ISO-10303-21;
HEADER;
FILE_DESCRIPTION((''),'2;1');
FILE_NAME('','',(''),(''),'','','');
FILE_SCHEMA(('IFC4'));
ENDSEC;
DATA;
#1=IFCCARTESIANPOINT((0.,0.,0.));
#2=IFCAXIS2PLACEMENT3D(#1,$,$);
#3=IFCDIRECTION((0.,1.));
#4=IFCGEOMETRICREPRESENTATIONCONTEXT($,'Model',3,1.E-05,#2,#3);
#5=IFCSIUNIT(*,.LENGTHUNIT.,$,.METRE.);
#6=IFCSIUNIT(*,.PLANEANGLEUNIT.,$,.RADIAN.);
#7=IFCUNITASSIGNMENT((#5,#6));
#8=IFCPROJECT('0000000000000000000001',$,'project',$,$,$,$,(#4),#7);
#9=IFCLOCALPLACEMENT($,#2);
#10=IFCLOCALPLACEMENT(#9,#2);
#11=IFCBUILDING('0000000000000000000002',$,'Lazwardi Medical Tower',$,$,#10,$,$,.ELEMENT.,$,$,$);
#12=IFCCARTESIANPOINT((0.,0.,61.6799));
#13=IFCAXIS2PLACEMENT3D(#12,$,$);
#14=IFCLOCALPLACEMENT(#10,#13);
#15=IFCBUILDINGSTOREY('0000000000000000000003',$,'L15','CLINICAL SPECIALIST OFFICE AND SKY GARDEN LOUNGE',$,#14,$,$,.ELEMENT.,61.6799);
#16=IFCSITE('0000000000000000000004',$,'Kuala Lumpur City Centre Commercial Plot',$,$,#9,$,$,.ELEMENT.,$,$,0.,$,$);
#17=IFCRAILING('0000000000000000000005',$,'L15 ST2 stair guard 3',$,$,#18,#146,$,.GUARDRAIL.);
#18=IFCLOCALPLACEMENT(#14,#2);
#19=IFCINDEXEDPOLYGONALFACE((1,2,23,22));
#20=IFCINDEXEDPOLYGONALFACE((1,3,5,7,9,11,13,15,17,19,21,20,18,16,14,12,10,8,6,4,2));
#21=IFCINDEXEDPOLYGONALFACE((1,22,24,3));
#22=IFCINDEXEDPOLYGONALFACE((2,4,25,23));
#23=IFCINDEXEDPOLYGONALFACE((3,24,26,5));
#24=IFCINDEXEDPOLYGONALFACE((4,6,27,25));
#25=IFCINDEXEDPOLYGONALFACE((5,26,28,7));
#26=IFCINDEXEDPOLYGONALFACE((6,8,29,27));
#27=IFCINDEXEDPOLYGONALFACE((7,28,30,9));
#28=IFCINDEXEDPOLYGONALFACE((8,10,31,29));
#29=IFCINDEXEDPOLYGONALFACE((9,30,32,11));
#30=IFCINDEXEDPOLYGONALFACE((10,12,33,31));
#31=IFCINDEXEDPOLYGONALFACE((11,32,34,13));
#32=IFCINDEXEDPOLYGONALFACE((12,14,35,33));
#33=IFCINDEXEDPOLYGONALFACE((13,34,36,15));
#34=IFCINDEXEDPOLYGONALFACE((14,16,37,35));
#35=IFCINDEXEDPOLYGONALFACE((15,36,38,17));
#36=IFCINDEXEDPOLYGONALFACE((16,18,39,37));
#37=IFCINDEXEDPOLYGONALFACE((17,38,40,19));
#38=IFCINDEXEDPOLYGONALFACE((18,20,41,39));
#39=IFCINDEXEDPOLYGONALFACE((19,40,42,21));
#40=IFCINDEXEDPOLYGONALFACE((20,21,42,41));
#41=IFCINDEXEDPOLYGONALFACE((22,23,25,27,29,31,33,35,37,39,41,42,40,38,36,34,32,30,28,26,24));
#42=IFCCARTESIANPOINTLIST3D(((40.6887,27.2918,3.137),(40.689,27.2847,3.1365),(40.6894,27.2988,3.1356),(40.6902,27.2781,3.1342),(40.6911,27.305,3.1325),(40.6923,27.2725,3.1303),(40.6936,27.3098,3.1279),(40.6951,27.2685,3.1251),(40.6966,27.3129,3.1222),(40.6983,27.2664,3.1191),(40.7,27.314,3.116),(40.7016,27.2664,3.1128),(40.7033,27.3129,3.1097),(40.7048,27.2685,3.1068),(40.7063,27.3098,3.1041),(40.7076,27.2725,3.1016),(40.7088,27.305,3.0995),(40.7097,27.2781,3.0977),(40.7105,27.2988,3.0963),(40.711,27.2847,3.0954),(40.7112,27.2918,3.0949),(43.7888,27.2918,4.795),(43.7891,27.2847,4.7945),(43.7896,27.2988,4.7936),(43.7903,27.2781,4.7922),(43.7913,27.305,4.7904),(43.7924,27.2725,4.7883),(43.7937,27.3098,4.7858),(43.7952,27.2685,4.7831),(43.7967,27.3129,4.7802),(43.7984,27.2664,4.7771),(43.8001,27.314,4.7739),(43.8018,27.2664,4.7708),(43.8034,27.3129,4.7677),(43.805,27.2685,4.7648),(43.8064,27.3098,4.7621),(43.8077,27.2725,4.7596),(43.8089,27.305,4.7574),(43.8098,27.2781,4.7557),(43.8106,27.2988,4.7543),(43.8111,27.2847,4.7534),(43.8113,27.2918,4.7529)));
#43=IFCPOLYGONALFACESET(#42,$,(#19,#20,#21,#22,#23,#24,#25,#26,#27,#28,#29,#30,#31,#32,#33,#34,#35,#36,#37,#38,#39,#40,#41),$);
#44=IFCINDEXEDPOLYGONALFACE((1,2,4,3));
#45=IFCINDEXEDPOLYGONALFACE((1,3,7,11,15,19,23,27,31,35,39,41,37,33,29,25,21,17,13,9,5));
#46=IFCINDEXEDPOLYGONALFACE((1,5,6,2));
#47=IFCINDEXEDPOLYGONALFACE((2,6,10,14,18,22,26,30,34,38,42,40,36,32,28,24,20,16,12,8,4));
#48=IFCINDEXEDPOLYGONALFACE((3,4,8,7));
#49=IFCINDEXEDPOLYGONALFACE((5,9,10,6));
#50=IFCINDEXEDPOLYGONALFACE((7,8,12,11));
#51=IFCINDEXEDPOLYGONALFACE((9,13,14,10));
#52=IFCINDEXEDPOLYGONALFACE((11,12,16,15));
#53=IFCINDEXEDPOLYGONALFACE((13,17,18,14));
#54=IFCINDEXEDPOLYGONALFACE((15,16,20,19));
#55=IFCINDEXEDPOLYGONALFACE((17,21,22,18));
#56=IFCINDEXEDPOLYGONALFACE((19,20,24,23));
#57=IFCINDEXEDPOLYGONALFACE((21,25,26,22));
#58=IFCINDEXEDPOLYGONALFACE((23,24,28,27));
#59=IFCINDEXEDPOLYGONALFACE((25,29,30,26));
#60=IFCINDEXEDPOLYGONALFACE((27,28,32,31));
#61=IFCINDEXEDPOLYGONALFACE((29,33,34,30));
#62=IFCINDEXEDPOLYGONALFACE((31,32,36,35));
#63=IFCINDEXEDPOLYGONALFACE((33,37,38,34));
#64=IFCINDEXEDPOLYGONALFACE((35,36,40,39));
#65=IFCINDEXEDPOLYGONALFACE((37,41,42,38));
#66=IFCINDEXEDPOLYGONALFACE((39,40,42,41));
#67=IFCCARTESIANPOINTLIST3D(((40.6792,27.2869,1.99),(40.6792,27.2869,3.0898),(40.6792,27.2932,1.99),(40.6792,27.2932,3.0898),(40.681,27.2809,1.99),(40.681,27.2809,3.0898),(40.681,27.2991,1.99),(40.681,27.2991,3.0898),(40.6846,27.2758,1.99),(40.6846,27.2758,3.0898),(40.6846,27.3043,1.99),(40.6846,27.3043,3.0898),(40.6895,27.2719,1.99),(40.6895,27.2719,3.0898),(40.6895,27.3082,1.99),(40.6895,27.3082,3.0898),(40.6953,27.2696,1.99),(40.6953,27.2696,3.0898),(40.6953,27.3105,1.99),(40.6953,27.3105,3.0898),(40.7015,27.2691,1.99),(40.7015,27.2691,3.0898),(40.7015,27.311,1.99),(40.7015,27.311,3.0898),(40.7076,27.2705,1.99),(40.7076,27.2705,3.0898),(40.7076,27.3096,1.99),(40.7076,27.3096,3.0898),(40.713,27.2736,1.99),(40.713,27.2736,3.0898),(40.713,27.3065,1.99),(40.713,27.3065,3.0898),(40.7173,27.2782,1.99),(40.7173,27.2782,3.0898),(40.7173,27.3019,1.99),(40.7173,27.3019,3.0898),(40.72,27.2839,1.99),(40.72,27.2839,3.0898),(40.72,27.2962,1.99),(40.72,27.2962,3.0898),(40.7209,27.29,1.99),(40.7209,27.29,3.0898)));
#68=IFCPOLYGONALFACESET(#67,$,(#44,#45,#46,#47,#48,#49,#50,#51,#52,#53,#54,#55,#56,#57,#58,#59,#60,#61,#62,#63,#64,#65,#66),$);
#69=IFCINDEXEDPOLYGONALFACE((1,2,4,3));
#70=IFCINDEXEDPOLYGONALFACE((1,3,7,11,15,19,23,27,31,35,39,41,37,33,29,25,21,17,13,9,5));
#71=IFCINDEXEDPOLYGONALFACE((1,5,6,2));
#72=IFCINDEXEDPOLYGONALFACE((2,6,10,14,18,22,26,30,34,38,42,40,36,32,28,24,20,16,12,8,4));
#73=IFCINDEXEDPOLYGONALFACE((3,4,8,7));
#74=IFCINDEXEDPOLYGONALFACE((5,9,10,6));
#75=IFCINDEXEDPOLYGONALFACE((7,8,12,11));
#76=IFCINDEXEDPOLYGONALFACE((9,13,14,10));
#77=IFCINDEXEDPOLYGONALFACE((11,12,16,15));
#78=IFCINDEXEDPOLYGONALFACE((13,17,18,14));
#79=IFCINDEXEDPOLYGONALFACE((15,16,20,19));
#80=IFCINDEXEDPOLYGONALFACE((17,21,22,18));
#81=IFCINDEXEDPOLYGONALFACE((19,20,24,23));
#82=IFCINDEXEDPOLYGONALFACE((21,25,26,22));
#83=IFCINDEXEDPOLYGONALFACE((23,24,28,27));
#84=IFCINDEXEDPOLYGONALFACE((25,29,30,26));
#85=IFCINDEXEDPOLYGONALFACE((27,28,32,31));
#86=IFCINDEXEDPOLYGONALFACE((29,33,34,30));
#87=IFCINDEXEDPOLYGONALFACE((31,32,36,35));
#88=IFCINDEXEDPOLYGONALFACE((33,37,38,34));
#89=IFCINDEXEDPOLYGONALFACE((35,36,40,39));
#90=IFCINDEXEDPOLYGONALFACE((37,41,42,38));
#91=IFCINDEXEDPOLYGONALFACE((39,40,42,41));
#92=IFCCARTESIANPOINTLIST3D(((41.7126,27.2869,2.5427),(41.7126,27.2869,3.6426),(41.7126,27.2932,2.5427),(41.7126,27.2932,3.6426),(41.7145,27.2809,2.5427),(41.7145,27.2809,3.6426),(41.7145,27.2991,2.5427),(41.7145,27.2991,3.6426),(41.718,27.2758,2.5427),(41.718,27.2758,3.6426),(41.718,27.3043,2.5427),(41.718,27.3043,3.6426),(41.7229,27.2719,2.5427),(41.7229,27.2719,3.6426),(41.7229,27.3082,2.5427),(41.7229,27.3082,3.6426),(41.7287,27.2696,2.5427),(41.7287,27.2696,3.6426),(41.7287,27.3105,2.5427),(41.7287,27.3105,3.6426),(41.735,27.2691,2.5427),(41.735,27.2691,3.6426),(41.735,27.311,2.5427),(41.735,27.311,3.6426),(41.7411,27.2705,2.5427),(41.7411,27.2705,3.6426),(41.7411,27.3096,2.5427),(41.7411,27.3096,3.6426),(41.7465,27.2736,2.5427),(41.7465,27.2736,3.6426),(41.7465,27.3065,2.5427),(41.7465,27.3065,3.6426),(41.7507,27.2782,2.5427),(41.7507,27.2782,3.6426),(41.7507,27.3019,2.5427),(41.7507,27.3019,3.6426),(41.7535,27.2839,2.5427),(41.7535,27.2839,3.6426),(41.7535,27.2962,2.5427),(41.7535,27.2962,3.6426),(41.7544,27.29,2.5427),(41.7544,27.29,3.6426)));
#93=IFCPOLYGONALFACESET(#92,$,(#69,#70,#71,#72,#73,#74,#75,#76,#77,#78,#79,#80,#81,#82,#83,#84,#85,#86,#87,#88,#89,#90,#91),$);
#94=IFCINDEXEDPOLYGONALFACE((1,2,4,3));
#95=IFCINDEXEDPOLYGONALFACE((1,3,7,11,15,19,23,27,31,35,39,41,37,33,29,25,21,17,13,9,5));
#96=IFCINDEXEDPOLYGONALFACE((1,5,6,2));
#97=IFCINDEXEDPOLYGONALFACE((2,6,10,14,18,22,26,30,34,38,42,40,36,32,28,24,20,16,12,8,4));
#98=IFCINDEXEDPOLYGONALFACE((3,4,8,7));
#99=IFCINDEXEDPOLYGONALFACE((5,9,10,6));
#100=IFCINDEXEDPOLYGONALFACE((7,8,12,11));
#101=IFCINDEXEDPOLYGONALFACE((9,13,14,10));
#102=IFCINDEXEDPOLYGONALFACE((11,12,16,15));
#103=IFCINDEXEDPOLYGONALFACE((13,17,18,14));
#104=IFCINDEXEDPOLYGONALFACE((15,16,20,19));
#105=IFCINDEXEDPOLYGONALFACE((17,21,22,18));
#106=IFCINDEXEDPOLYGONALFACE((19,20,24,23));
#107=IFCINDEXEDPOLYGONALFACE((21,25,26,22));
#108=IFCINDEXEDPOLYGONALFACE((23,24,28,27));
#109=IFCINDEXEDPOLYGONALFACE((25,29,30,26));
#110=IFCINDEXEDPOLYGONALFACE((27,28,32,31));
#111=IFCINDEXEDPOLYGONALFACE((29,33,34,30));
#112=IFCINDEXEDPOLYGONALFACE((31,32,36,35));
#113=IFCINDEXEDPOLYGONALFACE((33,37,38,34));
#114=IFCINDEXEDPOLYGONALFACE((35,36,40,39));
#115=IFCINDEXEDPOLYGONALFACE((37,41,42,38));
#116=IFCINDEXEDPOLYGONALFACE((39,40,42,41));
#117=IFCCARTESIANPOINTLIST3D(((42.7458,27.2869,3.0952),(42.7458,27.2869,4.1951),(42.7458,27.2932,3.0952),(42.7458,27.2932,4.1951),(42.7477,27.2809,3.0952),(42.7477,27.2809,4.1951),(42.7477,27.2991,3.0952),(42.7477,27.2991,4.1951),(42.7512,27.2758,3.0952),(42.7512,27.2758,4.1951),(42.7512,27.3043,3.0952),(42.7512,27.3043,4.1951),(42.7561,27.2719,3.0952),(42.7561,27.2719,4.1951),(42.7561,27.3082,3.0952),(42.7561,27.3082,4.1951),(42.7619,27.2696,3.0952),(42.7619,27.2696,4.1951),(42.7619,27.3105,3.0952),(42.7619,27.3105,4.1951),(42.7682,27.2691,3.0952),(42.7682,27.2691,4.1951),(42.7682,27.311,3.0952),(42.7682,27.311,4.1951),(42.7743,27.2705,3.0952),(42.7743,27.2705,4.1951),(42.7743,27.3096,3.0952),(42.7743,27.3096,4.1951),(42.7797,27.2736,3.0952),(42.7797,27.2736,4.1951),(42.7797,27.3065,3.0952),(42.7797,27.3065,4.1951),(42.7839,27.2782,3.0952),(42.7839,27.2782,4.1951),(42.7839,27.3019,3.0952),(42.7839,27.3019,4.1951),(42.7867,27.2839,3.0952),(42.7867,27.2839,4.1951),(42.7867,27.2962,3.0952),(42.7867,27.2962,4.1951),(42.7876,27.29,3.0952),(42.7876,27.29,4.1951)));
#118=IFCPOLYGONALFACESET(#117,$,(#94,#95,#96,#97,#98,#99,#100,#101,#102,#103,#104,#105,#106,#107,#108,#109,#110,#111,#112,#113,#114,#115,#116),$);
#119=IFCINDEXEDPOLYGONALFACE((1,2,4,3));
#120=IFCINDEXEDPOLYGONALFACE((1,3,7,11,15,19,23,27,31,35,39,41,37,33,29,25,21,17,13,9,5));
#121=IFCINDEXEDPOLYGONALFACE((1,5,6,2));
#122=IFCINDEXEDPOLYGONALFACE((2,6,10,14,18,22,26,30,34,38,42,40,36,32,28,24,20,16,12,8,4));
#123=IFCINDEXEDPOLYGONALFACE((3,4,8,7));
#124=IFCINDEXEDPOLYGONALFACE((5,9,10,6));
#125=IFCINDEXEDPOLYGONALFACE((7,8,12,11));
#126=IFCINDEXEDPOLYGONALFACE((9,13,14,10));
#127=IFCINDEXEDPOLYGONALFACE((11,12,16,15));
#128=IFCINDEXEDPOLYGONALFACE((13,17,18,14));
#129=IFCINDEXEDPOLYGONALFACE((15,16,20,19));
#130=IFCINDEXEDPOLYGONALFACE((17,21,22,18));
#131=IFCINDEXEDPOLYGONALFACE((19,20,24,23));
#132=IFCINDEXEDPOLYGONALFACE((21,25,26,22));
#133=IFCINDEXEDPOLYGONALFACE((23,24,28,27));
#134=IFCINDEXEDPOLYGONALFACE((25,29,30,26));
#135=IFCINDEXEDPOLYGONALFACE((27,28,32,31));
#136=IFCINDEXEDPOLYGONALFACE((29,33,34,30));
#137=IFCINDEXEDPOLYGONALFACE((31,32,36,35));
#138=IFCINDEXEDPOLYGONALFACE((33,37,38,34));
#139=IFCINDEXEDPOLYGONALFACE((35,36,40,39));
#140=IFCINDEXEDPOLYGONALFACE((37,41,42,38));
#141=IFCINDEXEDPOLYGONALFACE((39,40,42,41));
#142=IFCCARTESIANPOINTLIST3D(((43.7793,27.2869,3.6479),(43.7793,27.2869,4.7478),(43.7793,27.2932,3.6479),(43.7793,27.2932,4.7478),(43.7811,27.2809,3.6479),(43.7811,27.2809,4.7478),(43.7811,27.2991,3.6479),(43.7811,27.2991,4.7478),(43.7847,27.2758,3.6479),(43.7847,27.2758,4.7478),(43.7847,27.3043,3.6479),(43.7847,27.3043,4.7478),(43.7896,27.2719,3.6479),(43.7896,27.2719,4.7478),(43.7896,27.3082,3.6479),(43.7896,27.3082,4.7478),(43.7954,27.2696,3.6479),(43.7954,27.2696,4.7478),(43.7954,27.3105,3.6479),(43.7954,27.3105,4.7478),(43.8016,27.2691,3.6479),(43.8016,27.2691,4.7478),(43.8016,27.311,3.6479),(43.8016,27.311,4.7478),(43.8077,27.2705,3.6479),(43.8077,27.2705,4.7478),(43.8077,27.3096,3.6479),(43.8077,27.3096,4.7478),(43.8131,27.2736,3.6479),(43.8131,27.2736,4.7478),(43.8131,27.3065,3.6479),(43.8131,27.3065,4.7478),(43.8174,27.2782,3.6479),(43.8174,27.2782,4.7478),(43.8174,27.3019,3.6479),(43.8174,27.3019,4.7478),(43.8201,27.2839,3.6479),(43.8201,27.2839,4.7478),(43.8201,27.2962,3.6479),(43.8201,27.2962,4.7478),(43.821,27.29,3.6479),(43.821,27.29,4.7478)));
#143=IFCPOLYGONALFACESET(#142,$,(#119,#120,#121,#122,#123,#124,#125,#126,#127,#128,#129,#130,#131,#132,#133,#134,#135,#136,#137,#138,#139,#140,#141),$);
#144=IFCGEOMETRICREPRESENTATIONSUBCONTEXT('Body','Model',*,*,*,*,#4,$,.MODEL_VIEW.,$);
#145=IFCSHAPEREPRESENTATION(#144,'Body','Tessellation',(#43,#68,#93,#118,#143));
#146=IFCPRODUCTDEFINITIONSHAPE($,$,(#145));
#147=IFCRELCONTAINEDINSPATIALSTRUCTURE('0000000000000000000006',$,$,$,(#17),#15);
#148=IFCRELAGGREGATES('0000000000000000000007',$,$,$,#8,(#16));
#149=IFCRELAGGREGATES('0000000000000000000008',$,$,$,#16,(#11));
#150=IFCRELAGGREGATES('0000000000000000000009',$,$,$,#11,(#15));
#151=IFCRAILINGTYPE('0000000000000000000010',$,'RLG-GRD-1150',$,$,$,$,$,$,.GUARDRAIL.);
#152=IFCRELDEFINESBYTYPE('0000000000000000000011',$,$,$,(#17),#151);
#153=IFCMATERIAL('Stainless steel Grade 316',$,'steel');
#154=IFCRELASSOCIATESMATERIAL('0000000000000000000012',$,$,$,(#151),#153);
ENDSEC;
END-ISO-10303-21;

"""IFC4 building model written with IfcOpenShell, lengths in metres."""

from ifc_helpers import new_model, si_unit, direction, frame, origin, origin_2d, place, context, subcontext, project, spatial, circle, extrude, material, type_object, element, save


model = new_model("IFC4")

# Units and contexts
model_context = context("Model", 3, precision=1e-05, world=origin(), true_north=direction((0.0, 1.0)))
body_context = subcontext(model_context, "Body", "Model", "MODEL_VIEW")
ifc_project = project(units=[si_unit("LENGTHUNIT", "METRE"), si_unit("PLANEANGLEUNIT", "RADIAN")], contexts=[model_context])

# Site, building, storey
site_placement = place(None, origin())
site = spatial("IfcSite", under=ifc_project, at=site_placement, Name="Kuala Lumpur City Centre Commercial Plot", CompositionType="ELEMENT", RefElevation=0.0)
building_placement = place(site_placement, origin())
building = spatial("IfcBuilding", under=site, at=building_placement, Name="Lazwardi Medical Tower", CompositionType="ELEMENT")
storey_placement = place(building_placement, frame((0.0, 0.0, 61.6799)))
storey = spatial("IfcBuildingStorey", under=building, at=storey_placement, Name="L15", Description="CLINICAL SPECIALIST OFFICE AND SKY GARDEN LOUNGE", CompositionType="ELEMENT", Elevation=61.6799)

# Railing
ifc_material_1 = material(Name="Stainless steel Grade 316", Category="steel")
railing_type_1 = type_object("IfcRailingType", Name="RLG-GRD-1150", PredefinedType="GUARDRAIL", material=ifc_material_1)
railing_1_placement = place(storey_placement, frame((40.7, 27.29, 1.99)))
element("IfcRailing", 1, at=railing_1_placement, inside=storey, type_object=railing_type_1, Name="L15 ST2 stair guard 3", PredefinedType="GUARDRAIL", context=body_context, shape_type="SweptSolid", body=[
    extrude(circle(Radius=0.0239, at=origin_2d()), frame((0.0, 0.0, 1.126), z_axis=(0.881812, 0.0, 0.471601), x_axis=(0.0, 1.0, 0.0)), (0.0, 0.0, 1.0), 3.5156),
    extrude(circle(Radius=0.021, at=origin_2d()), origin(), (0.0, 0.0, 1.0), 1.0999),
    extrude(circle(Radius=0.021, at=origin_2d()), frame((1.0334, 0.0, 0.5527)), (0.0, 0.0, 1.0), 1.0999),
    extrude(circle(Radius=0.021, at=origin_2d()), frame((2.0667, 0.0, 1.1052)), (0.0, 0.0, 1.0), 1.0999),
    extrude(circle(Radius=0.021, at=origin_2d()), frame((3.1001, 0.0, 1.658)), (0.0, 0.0, 1.0), 1.0999),
])

save(model, "model.ifc")
